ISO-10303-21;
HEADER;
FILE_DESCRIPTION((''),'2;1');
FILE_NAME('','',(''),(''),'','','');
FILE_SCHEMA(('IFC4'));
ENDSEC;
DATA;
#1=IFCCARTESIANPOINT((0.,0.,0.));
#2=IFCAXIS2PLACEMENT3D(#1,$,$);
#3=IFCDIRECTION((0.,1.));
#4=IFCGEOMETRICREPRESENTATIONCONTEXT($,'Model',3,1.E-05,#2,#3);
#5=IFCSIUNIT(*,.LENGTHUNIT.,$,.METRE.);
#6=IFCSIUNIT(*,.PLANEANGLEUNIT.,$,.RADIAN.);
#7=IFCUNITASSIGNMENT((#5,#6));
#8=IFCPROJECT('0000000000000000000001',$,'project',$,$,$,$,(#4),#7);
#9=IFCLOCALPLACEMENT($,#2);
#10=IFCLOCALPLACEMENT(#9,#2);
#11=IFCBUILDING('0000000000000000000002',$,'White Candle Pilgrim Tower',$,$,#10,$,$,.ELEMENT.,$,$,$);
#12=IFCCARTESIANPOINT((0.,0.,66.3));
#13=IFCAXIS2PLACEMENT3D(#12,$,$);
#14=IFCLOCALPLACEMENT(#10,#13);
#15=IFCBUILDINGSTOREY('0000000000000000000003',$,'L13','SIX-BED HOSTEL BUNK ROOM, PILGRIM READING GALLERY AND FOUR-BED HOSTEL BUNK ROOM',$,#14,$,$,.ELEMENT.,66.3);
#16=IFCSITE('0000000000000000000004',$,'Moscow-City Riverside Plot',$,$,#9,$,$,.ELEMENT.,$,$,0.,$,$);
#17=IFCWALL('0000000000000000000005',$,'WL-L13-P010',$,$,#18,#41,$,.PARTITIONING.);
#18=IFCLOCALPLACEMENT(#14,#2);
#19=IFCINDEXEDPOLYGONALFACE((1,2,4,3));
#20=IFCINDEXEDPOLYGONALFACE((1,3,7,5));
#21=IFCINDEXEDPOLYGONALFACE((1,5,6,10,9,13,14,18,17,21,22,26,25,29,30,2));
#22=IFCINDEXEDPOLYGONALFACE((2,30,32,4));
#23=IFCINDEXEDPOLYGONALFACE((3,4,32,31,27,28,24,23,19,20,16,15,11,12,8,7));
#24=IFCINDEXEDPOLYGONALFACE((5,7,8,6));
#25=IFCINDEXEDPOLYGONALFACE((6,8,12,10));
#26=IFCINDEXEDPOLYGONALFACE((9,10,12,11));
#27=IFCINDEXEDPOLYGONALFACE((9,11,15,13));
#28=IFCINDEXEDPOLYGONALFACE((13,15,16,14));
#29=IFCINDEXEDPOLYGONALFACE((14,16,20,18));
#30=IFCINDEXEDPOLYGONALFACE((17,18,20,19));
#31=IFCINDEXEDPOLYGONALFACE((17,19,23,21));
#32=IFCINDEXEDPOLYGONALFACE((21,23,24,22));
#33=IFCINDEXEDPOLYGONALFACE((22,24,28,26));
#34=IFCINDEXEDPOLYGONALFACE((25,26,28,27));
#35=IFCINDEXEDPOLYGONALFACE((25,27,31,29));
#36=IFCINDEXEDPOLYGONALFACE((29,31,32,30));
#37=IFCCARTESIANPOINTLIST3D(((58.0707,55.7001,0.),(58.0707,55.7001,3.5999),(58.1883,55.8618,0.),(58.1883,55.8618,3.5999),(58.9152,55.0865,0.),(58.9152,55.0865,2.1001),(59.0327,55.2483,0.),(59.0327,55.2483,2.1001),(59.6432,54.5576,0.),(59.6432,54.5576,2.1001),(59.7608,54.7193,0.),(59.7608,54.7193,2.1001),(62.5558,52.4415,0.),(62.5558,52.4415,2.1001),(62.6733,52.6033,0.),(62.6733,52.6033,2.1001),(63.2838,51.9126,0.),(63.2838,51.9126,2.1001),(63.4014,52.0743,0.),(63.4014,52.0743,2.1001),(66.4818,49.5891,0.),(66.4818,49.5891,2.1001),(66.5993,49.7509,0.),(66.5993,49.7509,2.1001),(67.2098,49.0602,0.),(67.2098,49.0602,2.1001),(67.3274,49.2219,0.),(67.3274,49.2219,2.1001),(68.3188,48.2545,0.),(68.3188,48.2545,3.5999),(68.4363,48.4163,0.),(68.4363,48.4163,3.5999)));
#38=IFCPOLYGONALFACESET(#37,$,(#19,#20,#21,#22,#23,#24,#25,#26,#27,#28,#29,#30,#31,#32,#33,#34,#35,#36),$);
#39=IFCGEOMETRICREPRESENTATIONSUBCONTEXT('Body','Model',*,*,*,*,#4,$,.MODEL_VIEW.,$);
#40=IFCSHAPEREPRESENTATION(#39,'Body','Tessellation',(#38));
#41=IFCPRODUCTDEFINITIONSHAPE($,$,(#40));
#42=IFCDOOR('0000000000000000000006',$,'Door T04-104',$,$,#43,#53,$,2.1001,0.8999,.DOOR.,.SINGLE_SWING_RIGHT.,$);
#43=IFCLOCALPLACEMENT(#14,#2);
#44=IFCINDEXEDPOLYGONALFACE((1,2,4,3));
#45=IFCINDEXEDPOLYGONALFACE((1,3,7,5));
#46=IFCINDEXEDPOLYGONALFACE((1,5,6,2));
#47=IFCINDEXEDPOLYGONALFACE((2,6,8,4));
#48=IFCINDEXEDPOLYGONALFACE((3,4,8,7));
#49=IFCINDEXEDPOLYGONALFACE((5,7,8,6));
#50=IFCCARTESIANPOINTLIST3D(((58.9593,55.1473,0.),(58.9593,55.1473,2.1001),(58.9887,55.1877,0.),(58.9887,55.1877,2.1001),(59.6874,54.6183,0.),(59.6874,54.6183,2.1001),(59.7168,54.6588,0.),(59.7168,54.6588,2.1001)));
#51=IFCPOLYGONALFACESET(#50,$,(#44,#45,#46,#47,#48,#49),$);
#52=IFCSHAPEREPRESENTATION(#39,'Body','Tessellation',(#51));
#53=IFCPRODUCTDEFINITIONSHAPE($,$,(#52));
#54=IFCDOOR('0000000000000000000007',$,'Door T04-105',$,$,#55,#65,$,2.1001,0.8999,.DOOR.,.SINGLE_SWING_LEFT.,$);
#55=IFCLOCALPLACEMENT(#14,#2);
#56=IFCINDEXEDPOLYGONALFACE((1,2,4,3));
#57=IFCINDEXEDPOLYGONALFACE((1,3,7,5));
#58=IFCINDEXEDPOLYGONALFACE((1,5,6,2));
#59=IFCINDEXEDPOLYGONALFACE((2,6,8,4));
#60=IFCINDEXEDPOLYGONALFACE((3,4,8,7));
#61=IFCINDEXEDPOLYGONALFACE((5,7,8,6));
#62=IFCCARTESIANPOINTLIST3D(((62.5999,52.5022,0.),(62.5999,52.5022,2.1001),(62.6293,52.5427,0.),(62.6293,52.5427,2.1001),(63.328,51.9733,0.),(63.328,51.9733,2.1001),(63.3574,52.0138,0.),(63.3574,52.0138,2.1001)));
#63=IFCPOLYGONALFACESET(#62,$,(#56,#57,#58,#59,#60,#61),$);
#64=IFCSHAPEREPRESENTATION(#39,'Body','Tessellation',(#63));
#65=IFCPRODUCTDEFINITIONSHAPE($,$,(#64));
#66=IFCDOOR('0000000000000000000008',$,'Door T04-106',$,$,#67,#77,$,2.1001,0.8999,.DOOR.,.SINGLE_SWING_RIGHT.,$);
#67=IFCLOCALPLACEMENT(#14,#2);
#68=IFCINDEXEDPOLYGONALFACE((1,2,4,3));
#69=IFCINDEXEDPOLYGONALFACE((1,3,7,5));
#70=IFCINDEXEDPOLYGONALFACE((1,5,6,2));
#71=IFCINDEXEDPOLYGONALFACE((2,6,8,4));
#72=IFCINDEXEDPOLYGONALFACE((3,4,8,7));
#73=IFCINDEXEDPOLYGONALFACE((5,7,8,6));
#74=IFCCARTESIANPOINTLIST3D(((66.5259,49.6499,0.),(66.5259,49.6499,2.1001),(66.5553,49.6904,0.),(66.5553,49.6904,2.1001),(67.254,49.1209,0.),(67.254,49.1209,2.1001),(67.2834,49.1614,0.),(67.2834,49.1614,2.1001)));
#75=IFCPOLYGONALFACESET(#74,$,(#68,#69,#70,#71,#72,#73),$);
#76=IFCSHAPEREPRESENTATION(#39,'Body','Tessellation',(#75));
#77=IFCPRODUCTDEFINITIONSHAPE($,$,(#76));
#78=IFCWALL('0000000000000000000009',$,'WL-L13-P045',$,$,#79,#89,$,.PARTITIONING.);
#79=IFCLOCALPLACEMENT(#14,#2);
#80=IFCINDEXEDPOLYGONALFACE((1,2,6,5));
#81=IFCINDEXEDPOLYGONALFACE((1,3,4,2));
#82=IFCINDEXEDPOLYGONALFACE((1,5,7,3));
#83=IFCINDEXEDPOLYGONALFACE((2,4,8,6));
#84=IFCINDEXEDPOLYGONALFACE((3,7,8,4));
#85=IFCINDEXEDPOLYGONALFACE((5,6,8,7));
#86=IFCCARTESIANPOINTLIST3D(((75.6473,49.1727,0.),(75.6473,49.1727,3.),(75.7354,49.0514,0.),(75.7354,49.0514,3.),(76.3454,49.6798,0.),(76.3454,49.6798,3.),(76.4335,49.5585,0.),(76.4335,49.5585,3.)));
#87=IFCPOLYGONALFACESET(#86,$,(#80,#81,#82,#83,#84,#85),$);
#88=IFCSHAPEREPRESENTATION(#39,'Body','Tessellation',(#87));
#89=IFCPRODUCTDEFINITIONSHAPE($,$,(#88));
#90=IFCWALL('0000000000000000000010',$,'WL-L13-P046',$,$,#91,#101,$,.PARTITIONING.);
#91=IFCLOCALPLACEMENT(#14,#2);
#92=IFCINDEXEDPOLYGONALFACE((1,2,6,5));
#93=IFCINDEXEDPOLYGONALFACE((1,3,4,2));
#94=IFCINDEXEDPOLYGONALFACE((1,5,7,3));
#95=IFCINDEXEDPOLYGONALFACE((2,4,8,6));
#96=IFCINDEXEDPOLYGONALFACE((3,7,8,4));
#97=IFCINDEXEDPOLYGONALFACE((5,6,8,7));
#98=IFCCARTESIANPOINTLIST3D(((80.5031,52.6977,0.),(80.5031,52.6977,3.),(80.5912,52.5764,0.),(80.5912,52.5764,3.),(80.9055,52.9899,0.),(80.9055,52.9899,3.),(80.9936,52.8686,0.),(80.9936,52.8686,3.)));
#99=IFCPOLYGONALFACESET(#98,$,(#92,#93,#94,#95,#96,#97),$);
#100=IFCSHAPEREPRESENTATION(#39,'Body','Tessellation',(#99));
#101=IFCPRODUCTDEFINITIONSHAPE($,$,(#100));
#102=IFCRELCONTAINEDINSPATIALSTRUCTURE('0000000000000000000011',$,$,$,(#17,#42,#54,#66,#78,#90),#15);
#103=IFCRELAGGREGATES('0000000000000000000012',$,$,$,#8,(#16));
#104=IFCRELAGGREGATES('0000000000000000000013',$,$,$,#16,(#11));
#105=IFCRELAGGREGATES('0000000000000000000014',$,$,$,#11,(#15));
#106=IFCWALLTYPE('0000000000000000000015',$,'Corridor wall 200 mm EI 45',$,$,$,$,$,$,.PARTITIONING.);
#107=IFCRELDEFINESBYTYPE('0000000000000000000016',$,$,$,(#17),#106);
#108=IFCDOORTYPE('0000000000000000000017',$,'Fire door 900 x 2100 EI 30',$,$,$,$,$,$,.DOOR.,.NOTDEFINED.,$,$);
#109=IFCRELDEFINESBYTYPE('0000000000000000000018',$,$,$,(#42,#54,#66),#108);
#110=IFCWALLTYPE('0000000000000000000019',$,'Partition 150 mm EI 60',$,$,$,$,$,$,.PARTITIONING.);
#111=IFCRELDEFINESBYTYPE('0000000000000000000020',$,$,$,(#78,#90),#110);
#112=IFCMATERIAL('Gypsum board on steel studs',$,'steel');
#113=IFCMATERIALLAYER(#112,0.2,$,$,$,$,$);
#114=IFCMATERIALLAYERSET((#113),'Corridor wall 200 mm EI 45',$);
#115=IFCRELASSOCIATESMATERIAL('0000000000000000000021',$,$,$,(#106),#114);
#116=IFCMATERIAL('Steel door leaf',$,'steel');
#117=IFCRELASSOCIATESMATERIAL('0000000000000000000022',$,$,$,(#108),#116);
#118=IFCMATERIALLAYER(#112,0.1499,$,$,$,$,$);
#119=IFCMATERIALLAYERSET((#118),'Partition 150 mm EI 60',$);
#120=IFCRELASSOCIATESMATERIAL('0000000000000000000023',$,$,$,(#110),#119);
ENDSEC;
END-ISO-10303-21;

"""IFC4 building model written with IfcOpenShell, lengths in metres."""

from ifc_helpers import new_model, si_unit, direction, frame, frame_2d, origin, place, context, subcontext, project, spatial, rectangle, extrude, material, layer, layer_set, type_object, element, fill, save


model = new_model("IFC4")

# Units and contexts
model_context = context("Model", 3, precision=1e-05, world=origin(), true_north=direction((0.0, 1.0)))
body_context = subcontext(model_context, "Body", "Model", "MODEL_VIEW")
ifc_project = project(units=[si_unit("LENGTHUNIT", "METRE"), si_unit("PLANEANGLEUNIT", "RADIAN")], contexts=[model_context])

# Site, building, storey
site_placement = place(None, origin())
site = spatial("IfcSite", under=ifc_project, at=site_placement, Name="Moscow-City Riverside Plot", CompositionType="ELEMENT", RefElevation=0.0)
building_placement = place(site_placement, origin())
building = spatial("IfcBuilding", under=site, at=building_placement, Name="White Candle Pilgrim Tower", CompositionType="ELEMENT")
storey_placement = place(building_placement, frame((0.0, 0.0, 66.3)))
storey = spatial("IfcBuildingStorey", under=building, at=storey_placement, Name="L13", Description="SIX-BED HOSTEL BUNK ROOM, PILGRIM READING GALLERY AND FOUR-BED HOSTEL BUNK ROOM", CompositionType="ELEMENT", Elevation=66.3)

# Wall, openings, doors
ifc_material_1 = material(Name="Gypsum board on steel studs", Category="steel")
ifc_layer_1 = layer(ifc_material_1, 0.2)
ifc_layer_set_1 = layer_set([ifc_layer_1], Name="Corridor wall 200 mm EI 45")
wall_type_1 = type_object("IfcWallType", Name="Corridor wall 200 mm EI 45", PredefinedType="PARTITIONING", material=ifc_layer_set_1)
ifc_material_2 = material(Name="Steel door leaf", Category="steel")
wall_1_placement = place(storey_placement, frame((68.3774, 48.3354, 0.0), z_axis=(0.0, 0.0, 1.0), x_axis=(-0.80902, 0.587781, 0.0)))
wall_1 = element("IfcWall", 1, at=wall_1_placement, inside=storey, type_object=wall_type_1, Name="WL-L13-P010", PredefinedType="PARTITIONING", context=body_context, shape_type="SweptSolid", body=[
    extrude(rectangle(XDim=12.6672, YDim=0.2, at=frame_2d((6.3335, 0.0))), origin(), (0.0, 0.0, 1.0), 3.5999),
])
opening_1_placement = place(wall_1_placement, frame((10.7234, 0.0, 0.0)))
opening_1 = element("IfcOpeningElement", 2, at=opening_1_placement, cuts=wall_1, PredefinedType="OPENING", context=body_context, shape_type="SweptSolid", body=[
    extrude(rectangle(XDim=0.8999, YDim=2.1001, at=frame_2d((0.45, 1.05))), frame((0.0, 0.1099, 0.0), z_axis=(0.0, -1.0, 0.0), x_axis=(1.0, 0.0, 0.0)), (0.0, 0.0, 1.0), 0.22),
])
opening_2_placement = place(wall_1_placement, frame((6.2234, 0.0, 0.0)))
opening_2 = element("IfcOpeningElement", 3, at=opening_2_placement, cuts=wall_1, PredefinedType="OPENING", context=body_context, shape_type="SweptSolid", body=[
    extrude(rectangle(XDim=0.8999, YDim=2.1001, at=frame_2d((0.45, 1.05))), frame((0.0, 0.1099, 0.0), z_axis=(0.0, -1.0, 0.0), x_axis=(1.0, 0.0, 0.0)), (0.0, 0.0, 1.0), 0.22),
])
opening_3_placement = place(wall_1_placement, frame((1.3706, 0.0, 0.0)))
opening_3 = element("IfcOpeningElement", 4, at=opening_3_placement, cuts=wall_1, PredefinedType="OPENING", context=body_context, shape_type="SweptSolid", body=[
    extrude(rectangle(XDim=0.8999, YDim=2.1001, at=frame_2d((0.45, 1.05))), frame((0.0, 0.1099, 0.0), z_axis=(0.0, -1.0, 0.0), x_axis=(1.0, 0.0, 0.0)), (0.0, 0.0, 1.0), 0.22),
])
door_type_1 = type_object("IfcDoorType", Name="Fire door 900 x 2100 EI 30", OperationType="NOTDEFINED", PredefinedType="DOOR", material=ifc_material_2)
door_1_placement = place(opening_1_placement, origin())
door_1 = element("IfcDoor", 5, at=door_1_placement, inside=storey, type_object=door_type_1, Name="Door T04-104", OperationType="SINGLE_SWING_RIGHT", OverallHeight=2.1001, OverallWidth=0.8999, PredefinedType="DOOR", context=body_context, shape_type="SweptSolid", body=[
    extrude(rectangle(XDim=0.8999, YDim=2.1001, at=frame_2d((0.45, 1.05))), frame((0.0, 0.0249, 0.0), z_axis=(0.0, -1.0, 0.0), x_axis=(1.0, 0.0, 0.0)), (0.0, 0.0, 1.0), 0.05),
])
fill(opening_1, door_1)
door_2_placement = place(opening_2_placement, origin())
door_2 = element("IfcDoor", 6, at=door_2_placement, inside=storey, type_object=door_type_1, Name="Door T04-105", OperationType="SINGLE_SWING_LEFT", OverallHeight=2.1001, OverallWidth=0.8999, PredefinedType="DOOR", context=body_context, shape_type="SweptSolid", body=[
    extrude(rectangle(XDim=0.8999, YDim=2.1001, at=frame_2d((0.45, 1.05))), frame((0.0, 0.0249, 0.0), z_axis=(0.0, -1.0, 0.0), x_axis=(1.0, 0.0, 0.0)), (0.0, 0.0, 1.0), 0.05),
])
fill(opening_2, door_2)
door_3_placement = place(opening_3_placement, origin())
door_3 = element("IfcDoor", 7, at=door_3_placement, inside=storey, type_object=door_type_1, Name="Door T04-106", OperationType="SINGLE_SWING_RIGHT", OverallHeight=2.1001, OverallWidth=0.8999, PredefinedType="DOOR", context=body_context, shape_type="SweptSolid", body=[
    extrude(rectangle(XDim=0.8999, YDim=2.1001, at=frame_2d((0.45, 1.05))), frame((0.0, 0.0249, 0.0), z_axis=(0.0, -1.0, 0.0), x_axis=(1.0, 0.0, 0.0)), (0.0, 0.0, 1.0), 0.05),
])
fill(opening_3, door_3)

# Walls
ifc_layer_2 = layer(ifc_material_1, 0.1499)
ifc_layer_set_2 = layer_set([ifc_layer_2], Name="Partition 150 mm EI 60")
wall_type_2 = type_object("IfcWallType", Name="Partition 150 mm EI 60", PredefinedType="PARTITIONING", material=ifc_layer_set_2)
wall_2_placement = place(storey_placement, frame((76.3894, 49.6191, 0.0), z_axis=(0.0, 0.0, 1.0), x_axis=(-0.809042, -0.587751, 0.0)))
element("IfcWall", 8, at=wall_2_placement, inside=storey, type_object=wall_type_2, Name="WL-L13-P045", PredefinedType="PARTITIONING", context=body_context, shape_type="SweptSolid", body=[
    extrude(rectangle(XDim=0.8628, YDim=0.1499, at=frame_2d((0.4314, 0.0))), origin(), (0.0, 0.0, 1.0), 3.0),
])
wall_3_placement = place(storey_placement, frame((80.9495, 52.9292, 0.0), z_axis=(0.0, 0.0, 1.0), x_axis=(-0.809097, -0.587675, 0.0)))
element("IfcWall", 9, at=wall_3_placement, inside=storey, type_object=wall_type_2, Name="WL-L13-P046", PredefinedType="PARTITIONING", context=body_context, shape_type="SweptSolid", body=[
    extrude(rectangle(XDim=0.4973, YDim=0.1499, at=frame_2d((0.2485, 0.0))), origin(), (0.0, 0.0, 1.0), 3.0),
])

save(model, "model.ifc")
